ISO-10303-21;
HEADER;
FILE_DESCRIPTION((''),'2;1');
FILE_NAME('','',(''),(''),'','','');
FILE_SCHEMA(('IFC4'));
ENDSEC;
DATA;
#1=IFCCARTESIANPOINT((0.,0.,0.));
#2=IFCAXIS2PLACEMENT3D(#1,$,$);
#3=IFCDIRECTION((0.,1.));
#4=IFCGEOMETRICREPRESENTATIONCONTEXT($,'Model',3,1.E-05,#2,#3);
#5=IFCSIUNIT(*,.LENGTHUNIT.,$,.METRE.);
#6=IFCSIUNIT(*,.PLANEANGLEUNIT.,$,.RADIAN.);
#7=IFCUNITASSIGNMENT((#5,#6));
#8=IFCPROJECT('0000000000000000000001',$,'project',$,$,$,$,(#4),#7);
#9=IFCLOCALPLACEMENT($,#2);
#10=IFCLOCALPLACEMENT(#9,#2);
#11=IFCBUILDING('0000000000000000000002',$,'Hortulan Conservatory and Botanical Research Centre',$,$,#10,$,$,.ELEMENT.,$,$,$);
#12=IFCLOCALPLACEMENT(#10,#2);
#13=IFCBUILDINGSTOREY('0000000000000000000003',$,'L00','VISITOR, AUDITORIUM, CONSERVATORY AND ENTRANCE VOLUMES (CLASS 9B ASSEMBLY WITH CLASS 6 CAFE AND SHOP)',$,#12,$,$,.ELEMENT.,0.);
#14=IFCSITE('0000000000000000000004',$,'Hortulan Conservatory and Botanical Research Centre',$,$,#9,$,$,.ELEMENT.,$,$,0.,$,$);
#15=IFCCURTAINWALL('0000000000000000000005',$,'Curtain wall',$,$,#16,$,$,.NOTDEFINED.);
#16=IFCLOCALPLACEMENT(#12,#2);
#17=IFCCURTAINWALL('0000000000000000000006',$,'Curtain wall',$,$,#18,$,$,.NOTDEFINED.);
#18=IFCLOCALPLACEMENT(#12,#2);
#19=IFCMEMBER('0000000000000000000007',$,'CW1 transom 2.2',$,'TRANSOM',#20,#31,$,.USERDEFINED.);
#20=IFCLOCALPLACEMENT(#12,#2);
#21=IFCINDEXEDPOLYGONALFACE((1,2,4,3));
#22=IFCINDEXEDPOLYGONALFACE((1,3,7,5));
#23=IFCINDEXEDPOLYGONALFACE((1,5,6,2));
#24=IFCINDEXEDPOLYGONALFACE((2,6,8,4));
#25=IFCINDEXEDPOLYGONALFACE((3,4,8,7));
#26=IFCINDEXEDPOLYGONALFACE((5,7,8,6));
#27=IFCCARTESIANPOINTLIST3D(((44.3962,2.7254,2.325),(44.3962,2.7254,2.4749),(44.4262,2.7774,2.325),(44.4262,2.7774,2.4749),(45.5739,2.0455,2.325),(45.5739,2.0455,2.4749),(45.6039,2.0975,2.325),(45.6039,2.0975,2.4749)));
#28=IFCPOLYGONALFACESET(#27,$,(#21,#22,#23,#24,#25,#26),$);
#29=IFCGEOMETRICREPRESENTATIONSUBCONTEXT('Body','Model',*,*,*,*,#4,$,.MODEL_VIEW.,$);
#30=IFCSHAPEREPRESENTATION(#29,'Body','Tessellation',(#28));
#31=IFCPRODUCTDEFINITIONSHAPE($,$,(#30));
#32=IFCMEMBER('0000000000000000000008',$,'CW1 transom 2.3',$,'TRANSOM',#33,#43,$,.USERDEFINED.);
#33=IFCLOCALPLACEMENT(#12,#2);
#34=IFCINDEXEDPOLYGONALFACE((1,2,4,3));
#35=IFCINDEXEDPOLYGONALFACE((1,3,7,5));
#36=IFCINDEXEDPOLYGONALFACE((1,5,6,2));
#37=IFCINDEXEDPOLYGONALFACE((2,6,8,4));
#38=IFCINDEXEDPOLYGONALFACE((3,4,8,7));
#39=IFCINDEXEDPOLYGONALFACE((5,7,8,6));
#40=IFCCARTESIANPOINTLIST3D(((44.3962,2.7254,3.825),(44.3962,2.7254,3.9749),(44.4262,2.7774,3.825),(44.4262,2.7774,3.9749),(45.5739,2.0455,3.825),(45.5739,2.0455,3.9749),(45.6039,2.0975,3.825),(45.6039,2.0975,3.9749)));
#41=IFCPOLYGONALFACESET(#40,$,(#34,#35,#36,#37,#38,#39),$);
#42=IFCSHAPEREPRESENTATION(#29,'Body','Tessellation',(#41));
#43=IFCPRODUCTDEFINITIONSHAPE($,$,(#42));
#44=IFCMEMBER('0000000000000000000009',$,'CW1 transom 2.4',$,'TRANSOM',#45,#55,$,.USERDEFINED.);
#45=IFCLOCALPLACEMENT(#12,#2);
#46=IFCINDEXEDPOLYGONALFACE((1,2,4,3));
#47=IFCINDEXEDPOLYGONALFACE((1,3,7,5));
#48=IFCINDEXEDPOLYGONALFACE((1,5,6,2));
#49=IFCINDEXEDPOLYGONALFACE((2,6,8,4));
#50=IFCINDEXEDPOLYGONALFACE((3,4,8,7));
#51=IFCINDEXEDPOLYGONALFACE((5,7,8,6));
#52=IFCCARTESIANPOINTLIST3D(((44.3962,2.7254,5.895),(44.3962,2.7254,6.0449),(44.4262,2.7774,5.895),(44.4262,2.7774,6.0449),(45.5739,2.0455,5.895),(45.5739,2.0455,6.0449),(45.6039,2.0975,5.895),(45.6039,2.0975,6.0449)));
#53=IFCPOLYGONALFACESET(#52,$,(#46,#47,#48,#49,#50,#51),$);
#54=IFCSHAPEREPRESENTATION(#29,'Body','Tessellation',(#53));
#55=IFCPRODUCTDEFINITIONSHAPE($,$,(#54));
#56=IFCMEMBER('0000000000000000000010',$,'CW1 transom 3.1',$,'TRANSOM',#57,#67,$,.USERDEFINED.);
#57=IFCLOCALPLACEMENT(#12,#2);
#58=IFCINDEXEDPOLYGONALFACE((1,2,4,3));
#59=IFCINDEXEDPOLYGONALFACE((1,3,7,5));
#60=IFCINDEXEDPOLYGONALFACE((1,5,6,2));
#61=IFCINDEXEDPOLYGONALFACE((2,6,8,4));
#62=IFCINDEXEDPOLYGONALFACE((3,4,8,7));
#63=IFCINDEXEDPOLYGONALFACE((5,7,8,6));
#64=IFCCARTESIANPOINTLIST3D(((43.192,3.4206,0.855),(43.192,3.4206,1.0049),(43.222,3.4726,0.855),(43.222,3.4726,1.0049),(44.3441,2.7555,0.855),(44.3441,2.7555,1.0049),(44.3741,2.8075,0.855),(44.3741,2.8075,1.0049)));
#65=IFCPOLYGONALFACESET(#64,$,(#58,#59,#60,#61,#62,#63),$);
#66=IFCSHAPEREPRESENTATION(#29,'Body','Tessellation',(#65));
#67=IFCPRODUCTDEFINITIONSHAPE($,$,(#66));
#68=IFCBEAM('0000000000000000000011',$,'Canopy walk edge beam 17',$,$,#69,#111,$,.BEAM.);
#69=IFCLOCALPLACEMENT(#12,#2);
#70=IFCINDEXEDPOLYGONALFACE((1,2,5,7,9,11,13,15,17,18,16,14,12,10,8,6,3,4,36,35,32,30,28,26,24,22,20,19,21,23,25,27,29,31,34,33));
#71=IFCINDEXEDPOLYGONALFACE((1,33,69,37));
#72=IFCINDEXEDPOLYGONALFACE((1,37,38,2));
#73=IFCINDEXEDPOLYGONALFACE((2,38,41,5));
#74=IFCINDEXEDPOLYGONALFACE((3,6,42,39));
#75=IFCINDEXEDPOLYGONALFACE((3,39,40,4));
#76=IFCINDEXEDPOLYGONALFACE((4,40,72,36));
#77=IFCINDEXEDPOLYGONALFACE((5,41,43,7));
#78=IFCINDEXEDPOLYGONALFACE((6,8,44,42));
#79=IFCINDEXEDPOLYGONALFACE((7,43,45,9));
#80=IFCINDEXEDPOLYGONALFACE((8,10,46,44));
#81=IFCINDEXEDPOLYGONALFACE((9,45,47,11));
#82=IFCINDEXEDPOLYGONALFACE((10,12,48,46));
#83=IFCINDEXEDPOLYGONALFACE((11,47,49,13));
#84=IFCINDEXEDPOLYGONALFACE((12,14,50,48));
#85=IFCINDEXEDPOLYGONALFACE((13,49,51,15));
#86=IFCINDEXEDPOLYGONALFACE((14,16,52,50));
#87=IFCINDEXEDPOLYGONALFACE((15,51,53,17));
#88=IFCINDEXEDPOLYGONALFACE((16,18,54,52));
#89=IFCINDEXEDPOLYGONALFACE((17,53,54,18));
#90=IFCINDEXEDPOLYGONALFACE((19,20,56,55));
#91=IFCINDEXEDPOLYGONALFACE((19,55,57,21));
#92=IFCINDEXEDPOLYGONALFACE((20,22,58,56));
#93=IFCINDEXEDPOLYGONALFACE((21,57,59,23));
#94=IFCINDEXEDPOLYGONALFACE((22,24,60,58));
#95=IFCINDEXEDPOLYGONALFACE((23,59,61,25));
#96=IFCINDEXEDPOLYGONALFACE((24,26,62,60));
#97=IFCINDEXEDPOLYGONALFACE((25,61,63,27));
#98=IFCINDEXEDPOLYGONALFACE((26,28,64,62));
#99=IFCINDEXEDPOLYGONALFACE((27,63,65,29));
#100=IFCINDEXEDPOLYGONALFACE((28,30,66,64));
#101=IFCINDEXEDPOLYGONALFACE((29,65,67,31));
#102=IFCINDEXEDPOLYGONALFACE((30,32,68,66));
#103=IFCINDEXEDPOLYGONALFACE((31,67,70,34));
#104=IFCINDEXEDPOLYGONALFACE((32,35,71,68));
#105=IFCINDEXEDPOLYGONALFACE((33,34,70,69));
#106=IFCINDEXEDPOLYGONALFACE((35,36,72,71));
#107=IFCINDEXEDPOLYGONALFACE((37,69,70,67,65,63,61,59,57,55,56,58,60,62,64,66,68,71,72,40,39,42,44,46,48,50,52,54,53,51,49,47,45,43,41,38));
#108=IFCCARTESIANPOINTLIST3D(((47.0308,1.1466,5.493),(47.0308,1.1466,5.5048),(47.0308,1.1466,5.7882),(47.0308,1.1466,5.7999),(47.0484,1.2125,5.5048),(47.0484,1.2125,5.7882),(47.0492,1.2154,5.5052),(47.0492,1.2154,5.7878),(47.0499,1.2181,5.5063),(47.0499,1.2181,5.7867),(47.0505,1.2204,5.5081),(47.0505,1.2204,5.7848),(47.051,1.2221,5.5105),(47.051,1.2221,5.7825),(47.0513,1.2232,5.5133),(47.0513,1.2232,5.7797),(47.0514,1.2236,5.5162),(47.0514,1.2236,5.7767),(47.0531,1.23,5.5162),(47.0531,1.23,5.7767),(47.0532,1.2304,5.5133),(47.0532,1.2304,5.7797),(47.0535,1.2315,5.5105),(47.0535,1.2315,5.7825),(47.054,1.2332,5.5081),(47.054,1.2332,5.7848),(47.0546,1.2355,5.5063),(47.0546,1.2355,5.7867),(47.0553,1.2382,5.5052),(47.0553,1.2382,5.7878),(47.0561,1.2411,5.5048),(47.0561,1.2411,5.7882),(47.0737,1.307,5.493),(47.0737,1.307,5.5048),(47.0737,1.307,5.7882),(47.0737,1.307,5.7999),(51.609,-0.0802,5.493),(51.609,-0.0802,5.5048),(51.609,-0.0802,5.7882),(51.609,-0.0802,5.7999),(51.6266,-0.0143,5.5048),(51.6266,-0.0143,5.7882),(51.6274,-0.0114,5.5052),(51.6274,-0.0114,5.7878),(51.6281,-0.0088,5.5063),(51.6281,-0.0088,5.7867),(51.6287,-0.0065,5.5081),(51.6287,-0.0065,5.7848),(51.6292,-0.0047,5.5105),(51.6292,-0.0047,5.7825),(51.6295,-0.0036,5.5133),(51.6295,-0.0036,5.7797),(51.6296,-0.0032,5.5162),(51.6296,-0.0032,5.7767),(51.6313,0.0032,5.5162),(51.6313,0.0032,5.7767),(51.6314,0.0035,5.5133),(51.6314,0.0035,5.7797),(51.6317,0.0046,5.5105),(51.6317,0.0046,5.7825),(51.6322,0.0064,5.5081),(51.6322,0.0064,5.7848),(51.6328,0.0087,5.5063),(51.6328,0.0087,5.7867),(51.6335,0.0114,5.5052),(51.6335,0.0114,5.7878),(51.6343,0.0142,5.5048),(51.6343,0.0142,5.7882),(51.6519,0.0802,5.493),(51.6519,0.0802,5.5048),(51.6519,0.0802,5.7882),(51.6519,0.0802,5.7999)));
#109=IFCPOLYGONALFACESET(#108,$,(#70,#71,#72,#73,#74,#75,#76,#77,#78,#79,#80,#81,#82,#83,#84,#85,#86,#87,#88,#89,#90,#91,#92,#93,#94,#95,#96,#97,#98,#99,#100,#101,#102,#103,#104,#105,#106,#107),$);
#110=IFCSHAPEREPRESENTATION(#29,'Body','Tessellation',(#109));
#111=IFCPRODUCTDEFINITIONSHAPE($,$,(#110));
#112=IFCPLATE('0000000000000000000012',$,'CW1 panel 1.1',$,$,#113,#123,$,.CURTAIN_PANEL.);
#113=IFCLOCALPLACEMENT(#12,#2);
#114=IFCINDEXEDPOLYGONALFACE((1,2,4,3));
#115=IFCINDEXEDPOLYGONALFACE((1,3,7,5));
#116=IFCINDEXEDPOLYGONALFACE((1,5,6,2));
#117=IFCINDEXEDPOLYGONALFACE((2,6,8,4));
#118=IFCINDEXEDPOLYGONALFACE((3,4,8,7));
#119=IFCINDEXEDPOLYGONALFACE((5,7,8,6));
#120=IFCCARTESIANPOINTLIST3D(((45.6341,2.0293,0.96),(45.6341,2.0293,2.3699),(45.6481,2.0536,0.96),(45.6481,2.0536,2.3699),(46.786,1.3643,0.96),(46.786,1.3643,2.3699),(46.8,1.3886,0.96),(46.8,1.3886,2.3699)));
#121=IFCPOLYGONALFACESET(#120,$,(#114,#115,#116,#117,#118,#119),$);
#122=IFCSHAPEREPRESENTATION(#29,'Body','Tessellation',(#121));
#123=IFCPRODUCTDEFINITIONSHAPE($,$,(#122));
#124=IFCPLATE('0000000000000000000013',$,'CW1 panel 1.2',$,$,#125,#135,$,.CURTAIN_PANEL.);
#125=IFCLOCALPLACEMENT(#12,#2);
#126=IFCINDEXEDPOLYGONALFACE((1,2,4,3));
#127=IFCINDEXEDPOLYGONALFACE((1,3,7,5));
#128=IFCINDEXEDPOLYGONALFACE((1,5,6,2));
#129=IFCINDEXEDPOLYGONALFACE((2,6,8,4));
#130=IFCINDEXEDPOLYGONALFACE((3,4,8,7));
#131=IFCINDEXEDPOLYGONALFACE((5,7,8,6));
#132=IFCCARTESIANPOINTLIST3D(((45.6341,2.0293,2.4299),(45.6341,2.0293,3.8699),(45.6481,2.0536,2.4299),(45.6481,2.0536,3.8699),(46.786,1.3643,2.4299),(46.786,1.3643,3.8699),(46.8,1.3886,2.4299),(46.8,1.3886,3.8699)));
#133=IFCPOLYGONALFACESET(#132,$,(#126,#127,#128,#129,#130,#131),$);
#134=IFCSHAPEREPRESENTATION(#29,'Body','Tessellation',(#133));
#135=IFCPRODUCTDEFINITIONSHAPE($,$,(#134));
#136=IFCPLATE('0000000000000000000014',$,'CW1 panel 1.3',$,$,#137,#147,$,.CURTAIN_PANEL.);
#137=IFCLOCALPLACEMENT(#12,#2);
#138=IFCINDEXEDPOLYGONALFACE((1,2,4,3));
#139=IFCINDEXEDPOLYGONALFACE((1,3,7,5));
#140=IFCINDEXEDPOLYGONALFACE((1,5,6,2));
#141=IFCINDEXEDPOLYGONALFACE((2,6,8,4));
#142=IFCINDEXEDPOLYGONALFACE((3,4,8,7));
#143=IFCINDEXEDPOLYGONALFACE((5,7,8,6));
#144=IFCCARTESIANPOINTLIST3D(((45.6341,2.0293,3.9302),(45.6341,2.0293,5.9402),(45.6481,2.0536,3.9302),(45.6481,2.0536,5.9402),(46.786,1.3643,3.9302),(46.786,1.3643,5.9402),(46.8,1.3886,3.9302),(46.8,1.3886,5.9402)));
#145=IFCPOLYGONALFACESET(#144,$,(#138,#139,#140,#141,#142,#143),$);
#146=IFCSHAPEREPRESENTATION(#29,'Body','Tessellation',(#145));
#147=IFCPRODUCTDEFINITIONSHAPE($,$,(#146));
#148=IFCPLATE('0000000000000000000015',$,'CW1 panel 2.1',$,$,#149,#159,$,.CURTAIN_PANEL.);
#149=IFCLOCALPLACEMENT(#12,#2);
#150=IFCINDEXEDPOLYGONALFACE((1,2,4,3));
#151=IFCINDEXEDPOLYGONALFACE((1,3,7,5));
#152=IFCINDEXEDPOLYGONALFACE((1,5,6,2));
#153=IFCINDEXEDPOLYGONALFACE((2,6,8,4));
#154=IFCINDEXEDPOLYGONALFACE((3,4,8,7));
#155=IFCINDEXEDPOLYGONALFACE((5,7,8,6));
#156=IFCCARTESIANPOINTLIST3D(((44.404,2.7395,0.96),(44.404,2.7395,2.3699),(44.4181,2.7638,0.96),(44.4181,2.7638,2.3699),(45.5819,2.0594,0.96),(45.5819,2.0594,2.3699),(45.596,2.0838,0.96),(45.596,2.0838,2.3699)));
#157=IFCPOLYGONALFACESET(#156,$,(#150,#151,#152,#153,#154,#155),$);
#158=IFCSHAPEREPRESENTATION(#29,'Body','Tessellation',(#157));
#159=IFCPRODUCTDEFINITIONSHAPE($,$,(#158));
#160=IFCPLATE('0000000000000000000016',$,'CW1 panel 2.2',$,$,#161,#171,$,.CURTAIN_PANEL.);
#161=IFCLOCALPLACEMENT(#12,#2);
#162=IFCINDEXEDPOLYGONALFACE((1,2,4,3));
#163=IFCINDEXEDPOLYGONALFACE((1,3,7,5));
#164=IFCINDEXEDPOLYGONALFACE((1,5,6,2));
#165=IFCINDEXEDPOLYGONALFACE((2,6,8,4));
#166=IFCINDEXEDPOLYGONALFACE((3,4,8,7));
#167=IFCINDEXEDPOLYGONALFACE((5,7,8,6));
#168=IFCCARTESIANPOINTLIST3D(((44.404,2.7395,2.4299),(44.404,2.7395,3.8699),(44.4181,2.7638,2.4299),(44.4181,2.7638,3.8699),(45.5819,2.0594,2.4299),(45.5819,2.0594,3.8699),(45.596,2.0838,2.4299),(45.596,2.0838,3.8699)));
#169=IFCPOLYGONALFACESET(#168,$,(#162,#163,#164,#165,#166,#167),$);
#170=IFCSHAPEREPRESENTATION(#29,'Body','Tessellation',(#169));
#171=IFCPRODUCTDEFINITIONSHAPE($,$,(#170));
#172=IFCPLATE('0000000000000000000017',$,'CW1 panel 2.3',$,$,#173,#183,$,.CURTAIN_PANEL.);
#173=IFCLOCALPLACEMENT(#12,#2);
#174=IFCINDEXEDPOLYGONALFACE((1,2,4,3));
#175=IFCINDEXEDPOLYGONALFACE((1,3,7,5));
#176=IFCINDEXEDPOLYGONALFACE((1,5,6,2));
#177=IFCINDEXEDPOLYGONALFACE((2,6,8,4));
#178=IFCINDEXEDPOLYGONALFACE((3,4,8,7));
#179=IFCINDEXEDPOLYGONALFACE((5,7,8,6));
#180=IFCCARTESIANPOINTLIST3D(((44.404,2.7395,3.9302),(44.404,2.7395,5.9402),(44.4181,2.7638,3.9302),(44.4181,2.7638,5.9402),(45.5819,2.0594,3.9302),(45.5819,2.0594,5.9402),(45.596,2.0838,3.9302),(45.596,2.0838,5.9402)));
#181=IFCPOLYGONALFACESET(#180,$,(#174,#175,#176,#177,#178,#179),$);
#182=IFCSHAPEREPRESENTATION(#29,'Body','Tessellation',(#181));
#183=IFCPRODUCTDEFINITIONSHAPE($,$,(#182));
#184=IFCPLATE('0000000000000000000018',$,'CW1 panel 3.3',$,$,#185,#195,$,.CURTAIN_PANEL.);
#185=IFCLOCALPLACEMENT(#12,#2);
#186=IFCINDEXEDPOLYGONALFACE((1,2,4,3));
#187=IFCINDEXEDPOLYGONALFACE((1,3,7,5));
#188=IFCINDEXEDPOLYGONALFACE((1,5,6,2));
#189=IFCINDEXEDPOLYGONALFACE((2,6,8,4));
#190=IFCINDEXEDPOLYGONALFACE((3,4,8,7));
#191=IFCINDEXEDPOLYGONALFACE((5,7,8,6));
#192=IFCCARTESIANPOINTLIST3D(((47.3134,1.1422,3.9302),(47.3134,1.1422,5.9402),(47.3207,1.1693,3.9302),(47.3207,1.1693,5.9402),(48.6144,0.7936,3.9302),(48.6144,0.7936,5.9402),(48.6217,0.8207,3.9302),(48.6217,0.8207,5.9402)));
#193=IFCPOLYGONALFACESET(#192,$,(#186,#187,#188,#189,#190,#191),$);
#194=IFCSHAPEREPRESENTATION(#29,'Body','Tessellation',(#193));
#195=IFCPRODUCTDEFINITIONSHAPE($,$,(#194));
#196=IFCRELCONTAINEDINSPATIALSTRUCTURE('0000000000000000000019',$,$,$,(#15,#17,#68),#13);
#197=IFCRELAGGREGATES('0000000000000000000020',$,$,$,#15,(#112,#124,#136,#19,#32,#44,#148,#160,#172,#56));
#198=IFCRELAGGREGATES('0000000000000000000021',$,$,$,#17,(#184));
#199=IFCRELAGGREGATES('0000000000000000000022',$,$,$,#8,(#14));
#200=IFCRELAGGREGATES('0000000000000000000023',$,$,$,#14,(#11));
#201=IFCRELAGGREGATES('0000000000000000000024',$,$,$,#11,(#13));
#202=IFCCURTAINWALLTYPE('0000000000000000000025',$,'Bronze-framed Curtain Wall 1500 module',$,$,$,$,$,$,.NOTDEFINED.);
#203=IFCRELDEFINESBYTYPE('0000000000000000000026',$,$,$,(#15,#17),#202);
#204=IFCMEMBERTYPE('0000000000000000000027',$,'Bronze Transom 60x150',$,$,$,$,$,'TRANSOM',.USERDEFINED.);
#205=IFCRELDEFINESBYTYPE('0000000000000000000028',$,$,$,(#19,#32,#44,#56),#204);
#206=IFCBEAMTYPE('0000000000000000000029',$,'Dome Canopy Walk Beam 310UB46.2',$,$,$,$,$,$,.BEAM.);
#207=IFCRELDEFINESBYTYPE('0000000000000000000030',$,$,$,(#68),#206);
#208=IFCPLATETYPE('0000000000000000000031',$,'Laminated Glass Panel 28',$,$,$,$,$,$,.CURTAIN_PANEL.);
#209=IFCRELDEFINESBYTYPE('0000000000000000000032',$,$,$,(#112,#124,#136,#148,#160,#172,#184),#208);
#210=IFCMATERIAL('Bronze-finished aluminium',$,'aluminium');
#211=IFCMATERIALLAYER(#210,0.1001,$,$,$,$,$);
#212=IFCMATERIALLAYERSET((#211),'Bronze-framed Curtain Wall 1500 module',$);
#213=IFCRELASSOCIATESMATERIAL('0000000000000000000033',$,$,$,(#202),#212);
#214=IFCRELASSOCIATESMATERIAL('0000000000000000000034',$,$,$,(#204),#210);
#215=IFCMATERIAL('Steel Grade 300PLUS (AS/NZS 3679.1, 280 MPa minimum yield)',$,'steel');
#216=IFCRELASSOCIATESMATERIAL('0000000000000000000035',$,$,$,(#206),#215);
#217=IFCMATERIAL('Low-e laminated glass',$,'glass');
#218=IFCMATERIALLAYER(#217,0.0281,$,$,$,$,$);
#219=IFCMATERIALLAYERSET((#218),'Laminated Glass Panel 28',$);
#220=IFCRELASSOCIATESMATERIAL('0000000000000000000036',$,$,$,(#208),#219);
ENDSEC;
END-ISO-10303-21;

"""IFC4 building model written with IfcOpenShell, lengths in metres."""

from ifc_helpers import new_model, si_unit, direction, frame, origin, origin_2d, place, context, subcontext, project, spatial, rectangle, i_section, extrude, material, layer, layer_set, material_profile, profile_set, type_object, element, aggregate, save


model = new_model("IFC4")

# Units and contexts
model_context = context("Model", 3, precision=1e-05, world=origin(), true_north=direction((0.0, 1.0)))
body_context = subcontext(model_context, "Body", "Model", "MODEL_VIEW")
ifc_project = project(units=[si_unit("LENGTHUNIT", "METRE"), si_unit("PLANEANGLEUNIT", "RADIAN")], contexts=[model_context])

# Site, building, storey
site_placement = place(None, origin())
site = spatial("IfcSite", under=ifc_project, at=site_placement, Name="Hortulan Conservatory and Botanical Research Centre", CompositionType="ELEMENT", RefElevation=0.0)
building_placement = place(site_placement, origin())
building = spatial("IfcBuilding", under=site, at=building_placement, Name="Hortulan Conservatory and Botanical Research Centre", CompositionType="ELEMENT")
storey_placement = place(building_placement, origin())
storey = spatial("IfcBuildingStorey", under=building, at=storey_placement, Name="L00", Description="VISITOR, AUDITORIUM, CONSERVATORY AND ENTRANCE VOLUMES (CLASS 9B ASSEMBLY WITH CLASS 6 CAFE AND SHOP)", CompositionType="ELEMENT", Elevation=0.0)

# Curtain wall
ifc_material_1 = material(Name="Bronze-finished aluminium", Category="aluminium")
ifc_layer_1 = layer(ifc_material_1, 0.1001)
ifc_layer_set_1 = layer_set([ifc_layer_1], Name="Bronze-framed Curtain Wall 1500 module")
curtain_wall_type = type_object("IfcCurtainWallType", Name="Bronze-framed Curtain Wall 1500 module", PredefinedType="NOTDEFINED", material=ifc_layer_set_1)
curtain_wall_1_placement = place(storey_placement, origin())
curtain_wall_1 = element("IfcCurtainWall", 1, at=curtain_wall_1_placement, inside=storey, type_object=curtain_wall_type, Name="Curtain wall", PredefinedType="NOTDEFINED")

# Curtain wall
curtain_wall_2_placement = place(storey_placement, origin())
curtain_wall_2 = element("IfcCurtainWall", 2, at=curtain_wall_2_placement, inside=storey, type_object=curtain_wall_type, Name="Curtain wall", PredefinedType="NOTDEFINED")

# Members
ifc_material_profile_1 = material_profile(ifc_material_1, rectangle(XDim=0.0601, YDim=0.1499, at=origin_2d()), Name="Bronze Transom 60x150")
ifc_profile_set_1 = profile_set([ifc_material_profile_1], Name="Bronze-finished aluminium")
member_type_1 = type_object("IfcMemberType", Name="Bronze Transom 60x150", ElementType="TRANSOM", PredefinedType="USERDEFINED", material=ifc_profile_set_1)
member_1_placement = place(storey_placement, frame((45.5889, 2.0715, 2.3999), z_axis=(-0.866036, 0.499981, 0.0), x_axis=(-0.499981, -0.866036, 0.0)))
member_1 = element("IfcMember", 3, at=member_1_placement, type_object=member_type_1, Name="CW1 transom 2.2", ObjectType="TRANSOM", PredefinedType="USERDEFINED", context=body_context, shape_type="SweptSolid", body=[
    extrude(rectangle(XDim=0.0601, YDim=0.1499, at=origin_2d()), origin(), (0.0, 0.0, 1.0), 1.3599),
])
member_2_placement = place(storey_placement, frame((45.5889, 2.0715, 3.8999), z_axis=(-0.866036, 0.499981, 0.0), x_axis=(-0.499981, -0.866036, 0.0)))
member_2 = element("IfcMember", 4, at=member_2_placement, type_object=member_type_1, Name="CW1 transom 2.3", ObjectType="TRANSOM", PredefinedType="USERDEFINED", context=body_context, shape_type="SweptSolid", body=[
    extrude(rectangle(XDim=0.0601, YDim=0.1499, at=origin_2d()), origin(), (0.0, 0.0, 1.0), 1.3599),
])
member_3_placement = place(storey_placement, frame((45.5889, 2.0715, 5.97), z_axis=(-0.866036, 0.499981, 0.0), x_axis=(-0.499981, -0.866036, 0.0)))
member_3 = element("IfcMember", 5, at=member_3_placement, type_object=member_type_1, Name="CW1 transom 2.4", ObjectType="TRANSOM", PredefinedType="USERDEFINED", context=body_context, shape_type="SweptSolid", body=[
    extrude(rectangle(XDim=0.0601, YDim=0.1499, at=origin_2d()), origin(), (0.0, 0.0, 1.0), 1.3599),
])
member_4_placement = place(storey_placement, frame((44.3591, 2.7815, 0.9299), z_axis=(-0.866066, 0.499929, 0.0), x_axis=(-0.499929, -0.866066, 0.0)))
member_4 = element("IfcMember", 6, at=member_4_placement, type_object=member_type_1, Name="CW1 transom 3.1", ObjectType="TRANSOM", PredefinedType="USERDEFINED", context=body_context, shape_type="SweptSolid", body=[
    extrude(rectangle(XDim=0.0601, YDim=0.1499, at=origin_2d()), origin(), (0.0, 0.0, 1.0), 1.3303),
])

# Beam
ifc_material_2 = material(Name="Steel Grade 300PLUS (AS/NZS 3679.1, 280 MPa minimum yield)", Category="steel")
ifc_material_profile_2 = material_profile(ifc_material_2, i_section(OverallWidth=0.166, OverallDepth=0.3069, WebThickness=0.0066, FlangeThickness=0.0117, FilletRadius=0.0115, at=origin_2d()), Name="310UB46.2")
ifc_profile_set_2 = profile_set([ifc_material_profile_2], Name="Steel Grade 300PLUS (AS/NZS 3679.1, 280 MPa minimum yield)")
beam_type = type_object("IfcBeamType", Name="Dome Canopy Walk Beam 310UB46.2", PredefinedType="BEAM", material=ifc_profile_set_2)
beam_placement = place(storey_placement, frame((47.0522, 1.2268, 5.6465), z_axis=(0.96592, -0.258839, 0.0), x_axis=(0.258839, 0.96592, 0.0)))
element("IfcBeam", 7, at=beam_placement, inside=storey, type_object=beam_type, Name="Canopy walk edge beam 17", PredefinedType="BEAM", context=body_context, shape_type="SweptSolid", body=[
    extrude(i_section(OverallWidth=0.166, OverallDepth=0.3069, WebThickness=0.0066, FlangeThickness=0.0117, FilletRadius=0.0115, at=origin_2d()), origin(), (0.0, 0.0, 1.0), 4.7397),
])

# Plates
ifc_material_3 = material(Name="Low-e laminated glass", Category="glass")
ifc_layer_2 = layer(ifc_material_3, 0.0281)
ifc_layer_set_2 = layer_set([ifc_layer_2], Name="Laminated Glass Panel 28")
plate_type = type_object("IfcPlateType", Name="Laminated Glass Panel 28", PredefinedType="CURTAIN_PANEL", material=ifc_layer_set_2)
plate_1_placement = place(storey_placement, frame((46.217, 1.709, 0.96), z_axis=(0.0, 0.0, 1.0), x_axis=(-0.866036, 0.499981, 0.0)))
plate_1 = element("IfcPlate", 8, at=plate_1_placement, type_object=plate_type, Name="CW1 panel 1.1", PredefinedType="CURTAIN_PANEL", context=body_context, shape_type="SweptSolid", body=[
    extrude(rectangle(XDim=1.3301, YDim=0.0281, at=origin_2d()), origin(), (0.0, 0.0, 1.0), 1.4099),
])
plate_2_placement = place(storey_placement, frame((46.217, 1.709, 2.4299), z_axis=(0.0, 0.0, 1.0), x_axis=(-0.866036, 0.499981, 0.0)))
plate_2 = element("IfcPlate", 9, at=plate_2_placement, type_object=plate_type, Name="CW1 panel 1.2", PredefinedType="CURTAIN_PANEL", context=body_context, shape_type="SweptSolid", body=[
    extrude(rectangle(XDim=1.3301, YDim=0.0281, at=origin_2d()), origin(), (0.0, 0.0, 1.0), 1.4399),
])
plate_3_placement = place(storey_placement, frame((46.217, 1.709, 3.9302), z_axis=(0.0, 0.0, 1.0), x_axis=(-0.866036, 0.499981, 0.0)))
plate_3 = element("IfcPlate", 10, at=plate_3_placement, type_object=plate_type, Name="CW1 panel 1.3", PredefinedType="CURTAIN_PANEL", context=body_context, shape_type="SweptSolid", body=[
    extrude(rectangle(XDim=1.3301, YDim=0.0281, at=origin_2d()), origin(), (0.0, 0.0, 1.0), 2.01),
])
plate_4_placement = place(storey_placement, frame((45.0, 2.4116, 0.96), z_axis=(0.0, 0.0, 1.0), x_axis=(-0.866036, 0.499981, 0.0)))
plate_4 = element("IfcPlate", 11, at=plate_4_placement, type_object=plate_type, Name="CW1 panel 2.1", PredefinedType="CURTAIN_PANEL", context=body_context, shape_type="SweptSolid", body=[
    extrude(rectangle(XDim=1.3601, YDim=0.0281, at=origin_2d()), origin(), (0.0, 0.0, 1.0), 1.4099),
])
plate_5_placement = place(storey_placement, frame((45.0, 2.4116, 2.4299), z_axis=(0.0, 0.0, 1.0), x_axis=(-0.866036, 0.499981, 0.0)))
plate_5 = element("IfcPlate", 12, at=plate_5_placement, type_object=plate_type, Name="CW1 panel 2.2", PredefinedType="CURTAIN_PANEL", context=body_context, shape_type="SweptSolid", body=[
    extrude(rectangle(XDim=1.3601, YDim=0.0281, at=origin_2d()), origin(), (0.0, 0.0, 1.0), 1.4399),
])
plate_6_placement = place(storey_placement, frame((45.0, 2.4116, 3.9302), z_axis=(0.0, 0.0, 1.0), x_axis=(-0.866036, 0.499981, 0.0)))
plate_6 = element("IfcPlate", 13, at=plate_6_placement, type_object=plate_type, Name="CW1 panel 2.3", PredefinedType="CURTAIN_PANEL", context=body_context, shape_type="SweptSolid", body=[
    extrude(rectangle(XDim=1.3601, YDim=0.0281, at=origin_2d()), origin(), (0.0, 0.0, 1.0), 2.01),
])
aggregate(curtain_wall_1, [plate_1, plate_2, plate_3, member_1, member_2, member_3, plate_4, plate_5, plate_6, member_4])
plate_7_placement = place(storey_placement, frame((47.9675, 0.9814, 3.9302), z_axis=(0.0, 0.0, 1.0), x_axis=(-0.965922, 0.258832, 0.0)))
plate_7 = element("IfcPlate", 14, at=plate_7_placement, type_object=plate_type, Name="CW1 panel 3.3", PredefinedType="CURTAIN_PANEL", context=body_context, shape_type="SweptSolid", body=[
    extrude(rectangle(XDim=1.3469, YDim=0.0281, at=origin_2d()), origin(), (0.0, 0.0, 1.0), 2.01),
])
aggregate(curtain_wall_2, [plate_7])

save(model, "model.ifc")
